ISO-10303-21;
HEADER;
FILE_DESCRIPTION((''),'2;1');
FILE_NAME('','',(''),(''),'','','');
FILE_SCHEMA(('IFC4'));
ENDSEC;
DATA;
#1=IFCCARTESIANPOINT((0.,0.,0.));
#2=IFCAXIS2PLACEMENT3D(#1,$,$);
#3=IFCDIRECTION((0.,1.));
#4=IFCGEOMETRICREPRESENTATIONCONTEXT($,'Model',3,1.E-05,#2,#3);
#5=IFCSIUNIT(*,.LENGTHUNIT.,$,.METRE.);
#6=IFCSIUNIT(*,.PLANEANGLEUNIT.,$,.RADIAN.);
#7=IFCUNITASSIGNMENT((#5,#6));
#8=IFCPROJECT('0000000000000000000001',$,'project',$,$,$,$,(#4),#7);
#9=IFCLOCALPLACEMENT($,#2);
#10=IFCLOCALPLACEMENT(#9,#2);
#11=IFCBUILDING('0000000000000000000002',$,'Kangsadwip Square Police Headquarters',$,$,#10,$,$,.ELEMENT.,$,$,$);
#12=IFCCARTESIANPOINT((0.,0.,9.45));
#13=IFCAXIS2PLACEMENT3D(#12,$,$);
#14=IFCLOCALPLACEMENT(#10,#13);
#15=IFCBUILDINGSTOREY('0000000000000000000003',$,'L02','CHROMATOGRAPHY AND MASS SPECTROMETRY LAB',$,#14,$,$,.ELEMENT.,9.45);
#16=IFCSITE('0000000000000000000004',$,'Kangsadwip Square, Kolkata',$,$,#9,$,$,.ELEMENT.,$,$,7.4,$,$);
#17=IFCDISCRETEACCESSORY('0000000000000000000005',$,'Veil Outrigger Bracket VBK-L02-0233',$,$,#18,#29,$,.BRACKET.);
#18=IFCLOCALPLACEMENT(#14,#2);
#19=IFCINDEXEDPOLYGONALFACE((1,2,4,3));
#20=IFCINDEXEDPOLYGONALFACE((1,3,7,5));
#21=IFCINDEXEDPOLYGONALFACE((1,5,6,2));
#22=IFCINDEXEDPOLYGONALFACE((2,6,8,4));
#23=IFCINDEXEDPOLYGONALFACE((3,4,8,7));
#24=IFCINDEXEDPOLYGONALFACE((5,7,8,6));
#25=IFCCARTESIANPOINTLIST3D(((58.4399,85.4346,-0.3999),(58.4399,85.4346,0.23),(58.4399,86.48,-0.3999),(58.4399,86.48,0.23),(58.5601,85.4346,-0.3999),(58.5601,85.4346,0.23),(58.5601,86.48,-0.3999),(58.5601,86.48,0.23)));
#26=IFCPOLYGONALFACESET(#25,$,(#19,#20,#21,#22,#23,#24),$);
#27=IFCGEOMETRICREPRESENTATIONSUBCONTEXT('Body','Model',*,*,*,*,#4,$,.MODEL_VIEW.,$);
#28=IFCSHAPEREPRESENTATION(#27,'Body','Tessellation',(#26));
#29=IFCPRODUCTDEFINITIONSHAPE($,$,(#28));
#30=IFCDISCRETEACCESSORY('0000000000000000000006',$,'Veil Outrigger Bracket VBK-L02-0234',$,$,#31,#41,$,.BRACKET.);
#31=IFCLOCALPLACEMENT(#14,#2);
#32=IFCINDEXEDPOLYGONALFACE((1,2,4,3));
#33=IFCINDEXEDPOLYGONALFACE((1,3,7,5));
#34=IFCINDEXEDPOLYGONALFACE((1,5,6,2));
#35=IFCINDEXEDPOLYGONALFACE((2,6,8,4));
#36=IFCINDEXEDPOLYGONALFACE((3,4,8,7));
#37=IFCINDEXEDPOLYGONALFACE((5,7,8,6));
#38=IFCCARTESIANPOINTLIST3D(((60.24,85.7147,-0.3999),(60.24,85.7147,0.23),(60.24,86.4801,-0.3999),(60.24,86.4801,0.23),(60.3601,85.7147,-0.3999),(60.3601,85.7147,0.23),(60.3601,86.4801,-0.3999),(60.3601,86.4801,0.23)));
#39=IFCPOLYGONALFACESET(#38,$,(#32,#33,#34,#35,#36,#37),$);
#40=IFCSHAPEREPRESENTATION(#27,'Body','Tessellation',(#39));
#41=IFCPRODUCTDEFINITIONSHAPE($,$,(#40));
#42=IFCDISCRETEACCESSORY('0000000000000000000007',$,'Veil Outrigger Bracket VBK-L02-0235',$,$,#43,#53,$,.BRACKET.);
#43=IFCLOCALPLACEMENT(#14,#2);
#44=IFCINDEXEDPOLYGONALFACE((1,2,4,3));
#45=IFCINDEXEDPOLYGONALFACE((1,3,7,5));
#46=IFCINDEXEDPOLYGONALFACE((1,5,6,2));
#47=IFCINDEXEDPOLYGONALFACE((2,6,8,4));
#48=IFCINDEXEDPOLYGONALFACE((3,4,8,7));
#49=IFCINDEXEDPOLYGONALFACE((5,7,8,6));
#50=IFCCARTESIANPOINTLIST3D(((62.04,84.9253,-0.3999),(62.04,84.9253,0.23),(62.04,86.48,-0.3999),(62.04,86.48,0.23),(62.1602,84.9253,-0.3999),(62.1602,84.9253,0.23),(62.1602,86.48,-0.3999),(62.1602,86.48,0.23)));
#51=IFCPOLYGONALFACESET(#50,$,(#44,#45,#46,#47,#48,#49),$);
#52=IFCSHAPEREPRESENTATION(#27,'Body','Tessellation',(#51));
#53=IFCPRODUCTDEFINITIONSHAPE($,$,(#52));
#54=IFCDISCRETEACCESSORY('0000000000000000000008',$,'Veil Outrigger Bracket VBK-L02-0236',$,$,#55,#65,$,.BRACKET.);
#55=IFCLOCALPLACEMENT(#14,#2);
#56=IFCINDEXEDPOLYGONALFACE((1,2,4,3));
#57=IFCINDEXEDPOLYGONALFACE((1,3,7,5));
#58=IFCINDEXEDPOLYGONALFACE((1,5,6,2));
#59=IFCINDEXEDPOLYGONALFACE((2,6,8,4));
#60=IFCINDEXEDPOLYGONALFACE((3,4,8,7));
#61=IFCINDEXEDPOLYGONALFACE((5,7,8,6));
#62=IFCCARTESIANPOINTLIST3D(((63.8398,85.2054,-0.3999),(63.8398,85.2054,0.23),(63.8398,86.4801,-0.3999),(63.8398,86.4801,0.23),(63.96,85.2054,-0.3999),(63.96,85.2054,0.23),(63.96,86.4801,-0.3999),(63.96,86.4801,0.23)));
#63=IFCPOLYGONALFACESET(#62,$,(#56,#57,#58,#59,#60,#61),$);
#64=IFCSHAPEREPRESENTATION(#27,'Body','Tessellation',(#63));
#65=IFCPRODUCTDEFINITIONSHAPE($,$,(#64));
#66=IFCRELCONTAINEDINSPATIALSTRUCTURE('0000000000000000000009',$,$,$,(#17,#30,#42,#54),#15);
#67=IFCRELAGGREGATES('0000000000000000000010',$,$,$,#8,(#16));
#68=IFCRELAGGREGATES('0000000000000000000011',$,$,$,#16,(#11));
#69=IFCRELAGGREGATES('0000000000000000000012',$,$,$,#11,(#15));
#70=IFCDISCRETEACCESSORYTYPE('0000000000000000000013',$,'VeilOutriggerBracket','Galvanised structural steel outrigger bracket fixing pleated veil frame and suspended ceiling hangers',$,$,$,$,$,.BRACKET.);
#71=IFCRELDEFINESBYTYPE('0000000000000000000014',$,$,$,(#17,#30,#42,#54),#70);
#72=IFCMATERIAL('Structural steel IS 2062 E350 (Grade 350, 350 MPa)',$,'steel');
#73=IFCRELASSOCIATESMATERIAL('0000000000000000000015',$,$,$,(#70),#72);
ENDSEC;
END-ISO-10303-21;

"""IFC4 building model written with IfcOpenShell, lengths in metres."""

from ifc_helpers import new_model, si_unit, direction, frame, origin, origin_2d, place, context, subcontext, project, spatial, rectangle, extrude, material, type_object, element, save


model = new_model("IFC4")

# Units and contexts
model_context = context("Model", 3, precision=1e-05, world=origin(), true_north=direction((0.0, 1.0)))
body_context = subcontext(model_context, "Body", "Model", "MODEL_VIEW")
ifc_project = project(units=[si_unit("LENGTHUNIT", "METRE"), si_unit("PLANEANGLEUNIT", "RADIAN")], contexts=[model_context])

# Site, building, storey
site_placement = place(None, origin())
site = spatial("IfcSite", under=ifc_project, at=site_placement, Name="Kangsadwip Square, Kolkata", CompositionType="ELEMENT", RefElevation=7.4)
building_placement = place(site_placement, origin())
building = spatial("IfcBuilding", under=site, at=building_placement, Name="Kangsadwip Square Police Headquarters", CompositionType="ELEMENT")
storey_placement = place(building_placement, frame((0.0, 0.0, 9.45)))
storey = spatial("IfcBuildingStorey", under=building, at=storey_placement, Name="L02", Description="CHROMATOGRAPHY AND MASS SPECTROMETRY LAB", CompositionType="ELEMENT", Elevation=9.45)

# Discrete accessories
ifc_material_1 = material(Name="Structural steel IS 2062 E350 (Grade 350, 350 MPa)", Category="steel")
discrete_accessory_type = type_object("IfcDiscreteAccessoryType", Name="VeilOutriggerBracket", Description="Galvanised structural steel outrigger bracket fixing pleated veil frame and suspended ceiling hangers", PredefinedType="BRACKET", material=ifc_material_1)
discrete_accessory_1_placement = place(storey_placement, frame((58.5, 85.9573, -0.3999), z_axis=(0.0, 0.0, 1.0), x_axis=(1.0, 0.0, 0.0)))
element("IfcDiscreteAccessory", 1, at=discrete_accessory_1_placement, inside=storey, type_object=discrete_accessory_type, Name="Veil Outrigger Bracket VBK-L02-0233", PredefinedType="BRACKET", context=body_context, shape_type="SweptSolid", body=[
    extrude(rectangle(XDim=0.1201, YDim=1.0454, at=origin_2d()), origin(), (0.0, 0.0, 1.0), 0.6299),
])
discrete_accessory_2_placement = place(storey_placement, frame((60.3, 86.0974, -0.3999), z_axis=(0.0, 0.0, 1.0), x_axis=(1.0, 0.0, 0.0)))
element("IfcDiscreteAccessory", 2, at=discrete_accessory_2_placement, inside=storey, type_object=discrete_accessory_type, Name="Veil Outrigger Bracket VBK-L02-0234", PredefinedType="BRACKET", context=body_context, shape_type="SweptSolid", body=[
    extrude(rectangle(XDim=0.1201, YDim=0.7654, at=origin_2d()), origin(), (0.0, 0.0, 1.0), 0.6299),
])
discrete_accessory_3_placement = place(storey_placement, frame((62.1001, 85.7026, -0.3999), z_axis=(0.0, 0.0, 1.0), x_axis=(1.0, 0.0, 0.0)))
element("IfcDiscreteAccessory", 3, at=discrete_accessory_3_placement, inside=storey, type_object=discrete_accessory_type, Name="Veil Outrigger Bracket VBK-L02-0235", PredefinedType="BRACKET", context=body_context, shape_type="SweptSolid", body=[
    extrude(rectangle(XDim=0.1201, YDim=1.5547, at=origin_2d()), origin(), (0.0, 0.0, 1.0), 0.6299),
])
discrete_accessory_4_placement = place(storey_placement, frame((63.8999, 85.8428, -0.3999), z_axis=(0.0, 0.0, 1.0), x_axis=(1.0, 0.0, 0.0)))
element("IfcDiscreteAccessory", 4, at=discrete_accessory_4_placement, inside=storey, type_object=discrete_accessory_type, Name="Veil Outrigger Bracket VBK-L02-0236", PredefinedType="BRACKET", context=body_context, shape_type="SweptSolid", body=[
    extrude(rectangle(XDim=0.1201, YDim=1.2747, at=origin_2d()), origin(), (0.0, 0.0, 1.0), 0.6299),
])

save(model, "model.ifc")
